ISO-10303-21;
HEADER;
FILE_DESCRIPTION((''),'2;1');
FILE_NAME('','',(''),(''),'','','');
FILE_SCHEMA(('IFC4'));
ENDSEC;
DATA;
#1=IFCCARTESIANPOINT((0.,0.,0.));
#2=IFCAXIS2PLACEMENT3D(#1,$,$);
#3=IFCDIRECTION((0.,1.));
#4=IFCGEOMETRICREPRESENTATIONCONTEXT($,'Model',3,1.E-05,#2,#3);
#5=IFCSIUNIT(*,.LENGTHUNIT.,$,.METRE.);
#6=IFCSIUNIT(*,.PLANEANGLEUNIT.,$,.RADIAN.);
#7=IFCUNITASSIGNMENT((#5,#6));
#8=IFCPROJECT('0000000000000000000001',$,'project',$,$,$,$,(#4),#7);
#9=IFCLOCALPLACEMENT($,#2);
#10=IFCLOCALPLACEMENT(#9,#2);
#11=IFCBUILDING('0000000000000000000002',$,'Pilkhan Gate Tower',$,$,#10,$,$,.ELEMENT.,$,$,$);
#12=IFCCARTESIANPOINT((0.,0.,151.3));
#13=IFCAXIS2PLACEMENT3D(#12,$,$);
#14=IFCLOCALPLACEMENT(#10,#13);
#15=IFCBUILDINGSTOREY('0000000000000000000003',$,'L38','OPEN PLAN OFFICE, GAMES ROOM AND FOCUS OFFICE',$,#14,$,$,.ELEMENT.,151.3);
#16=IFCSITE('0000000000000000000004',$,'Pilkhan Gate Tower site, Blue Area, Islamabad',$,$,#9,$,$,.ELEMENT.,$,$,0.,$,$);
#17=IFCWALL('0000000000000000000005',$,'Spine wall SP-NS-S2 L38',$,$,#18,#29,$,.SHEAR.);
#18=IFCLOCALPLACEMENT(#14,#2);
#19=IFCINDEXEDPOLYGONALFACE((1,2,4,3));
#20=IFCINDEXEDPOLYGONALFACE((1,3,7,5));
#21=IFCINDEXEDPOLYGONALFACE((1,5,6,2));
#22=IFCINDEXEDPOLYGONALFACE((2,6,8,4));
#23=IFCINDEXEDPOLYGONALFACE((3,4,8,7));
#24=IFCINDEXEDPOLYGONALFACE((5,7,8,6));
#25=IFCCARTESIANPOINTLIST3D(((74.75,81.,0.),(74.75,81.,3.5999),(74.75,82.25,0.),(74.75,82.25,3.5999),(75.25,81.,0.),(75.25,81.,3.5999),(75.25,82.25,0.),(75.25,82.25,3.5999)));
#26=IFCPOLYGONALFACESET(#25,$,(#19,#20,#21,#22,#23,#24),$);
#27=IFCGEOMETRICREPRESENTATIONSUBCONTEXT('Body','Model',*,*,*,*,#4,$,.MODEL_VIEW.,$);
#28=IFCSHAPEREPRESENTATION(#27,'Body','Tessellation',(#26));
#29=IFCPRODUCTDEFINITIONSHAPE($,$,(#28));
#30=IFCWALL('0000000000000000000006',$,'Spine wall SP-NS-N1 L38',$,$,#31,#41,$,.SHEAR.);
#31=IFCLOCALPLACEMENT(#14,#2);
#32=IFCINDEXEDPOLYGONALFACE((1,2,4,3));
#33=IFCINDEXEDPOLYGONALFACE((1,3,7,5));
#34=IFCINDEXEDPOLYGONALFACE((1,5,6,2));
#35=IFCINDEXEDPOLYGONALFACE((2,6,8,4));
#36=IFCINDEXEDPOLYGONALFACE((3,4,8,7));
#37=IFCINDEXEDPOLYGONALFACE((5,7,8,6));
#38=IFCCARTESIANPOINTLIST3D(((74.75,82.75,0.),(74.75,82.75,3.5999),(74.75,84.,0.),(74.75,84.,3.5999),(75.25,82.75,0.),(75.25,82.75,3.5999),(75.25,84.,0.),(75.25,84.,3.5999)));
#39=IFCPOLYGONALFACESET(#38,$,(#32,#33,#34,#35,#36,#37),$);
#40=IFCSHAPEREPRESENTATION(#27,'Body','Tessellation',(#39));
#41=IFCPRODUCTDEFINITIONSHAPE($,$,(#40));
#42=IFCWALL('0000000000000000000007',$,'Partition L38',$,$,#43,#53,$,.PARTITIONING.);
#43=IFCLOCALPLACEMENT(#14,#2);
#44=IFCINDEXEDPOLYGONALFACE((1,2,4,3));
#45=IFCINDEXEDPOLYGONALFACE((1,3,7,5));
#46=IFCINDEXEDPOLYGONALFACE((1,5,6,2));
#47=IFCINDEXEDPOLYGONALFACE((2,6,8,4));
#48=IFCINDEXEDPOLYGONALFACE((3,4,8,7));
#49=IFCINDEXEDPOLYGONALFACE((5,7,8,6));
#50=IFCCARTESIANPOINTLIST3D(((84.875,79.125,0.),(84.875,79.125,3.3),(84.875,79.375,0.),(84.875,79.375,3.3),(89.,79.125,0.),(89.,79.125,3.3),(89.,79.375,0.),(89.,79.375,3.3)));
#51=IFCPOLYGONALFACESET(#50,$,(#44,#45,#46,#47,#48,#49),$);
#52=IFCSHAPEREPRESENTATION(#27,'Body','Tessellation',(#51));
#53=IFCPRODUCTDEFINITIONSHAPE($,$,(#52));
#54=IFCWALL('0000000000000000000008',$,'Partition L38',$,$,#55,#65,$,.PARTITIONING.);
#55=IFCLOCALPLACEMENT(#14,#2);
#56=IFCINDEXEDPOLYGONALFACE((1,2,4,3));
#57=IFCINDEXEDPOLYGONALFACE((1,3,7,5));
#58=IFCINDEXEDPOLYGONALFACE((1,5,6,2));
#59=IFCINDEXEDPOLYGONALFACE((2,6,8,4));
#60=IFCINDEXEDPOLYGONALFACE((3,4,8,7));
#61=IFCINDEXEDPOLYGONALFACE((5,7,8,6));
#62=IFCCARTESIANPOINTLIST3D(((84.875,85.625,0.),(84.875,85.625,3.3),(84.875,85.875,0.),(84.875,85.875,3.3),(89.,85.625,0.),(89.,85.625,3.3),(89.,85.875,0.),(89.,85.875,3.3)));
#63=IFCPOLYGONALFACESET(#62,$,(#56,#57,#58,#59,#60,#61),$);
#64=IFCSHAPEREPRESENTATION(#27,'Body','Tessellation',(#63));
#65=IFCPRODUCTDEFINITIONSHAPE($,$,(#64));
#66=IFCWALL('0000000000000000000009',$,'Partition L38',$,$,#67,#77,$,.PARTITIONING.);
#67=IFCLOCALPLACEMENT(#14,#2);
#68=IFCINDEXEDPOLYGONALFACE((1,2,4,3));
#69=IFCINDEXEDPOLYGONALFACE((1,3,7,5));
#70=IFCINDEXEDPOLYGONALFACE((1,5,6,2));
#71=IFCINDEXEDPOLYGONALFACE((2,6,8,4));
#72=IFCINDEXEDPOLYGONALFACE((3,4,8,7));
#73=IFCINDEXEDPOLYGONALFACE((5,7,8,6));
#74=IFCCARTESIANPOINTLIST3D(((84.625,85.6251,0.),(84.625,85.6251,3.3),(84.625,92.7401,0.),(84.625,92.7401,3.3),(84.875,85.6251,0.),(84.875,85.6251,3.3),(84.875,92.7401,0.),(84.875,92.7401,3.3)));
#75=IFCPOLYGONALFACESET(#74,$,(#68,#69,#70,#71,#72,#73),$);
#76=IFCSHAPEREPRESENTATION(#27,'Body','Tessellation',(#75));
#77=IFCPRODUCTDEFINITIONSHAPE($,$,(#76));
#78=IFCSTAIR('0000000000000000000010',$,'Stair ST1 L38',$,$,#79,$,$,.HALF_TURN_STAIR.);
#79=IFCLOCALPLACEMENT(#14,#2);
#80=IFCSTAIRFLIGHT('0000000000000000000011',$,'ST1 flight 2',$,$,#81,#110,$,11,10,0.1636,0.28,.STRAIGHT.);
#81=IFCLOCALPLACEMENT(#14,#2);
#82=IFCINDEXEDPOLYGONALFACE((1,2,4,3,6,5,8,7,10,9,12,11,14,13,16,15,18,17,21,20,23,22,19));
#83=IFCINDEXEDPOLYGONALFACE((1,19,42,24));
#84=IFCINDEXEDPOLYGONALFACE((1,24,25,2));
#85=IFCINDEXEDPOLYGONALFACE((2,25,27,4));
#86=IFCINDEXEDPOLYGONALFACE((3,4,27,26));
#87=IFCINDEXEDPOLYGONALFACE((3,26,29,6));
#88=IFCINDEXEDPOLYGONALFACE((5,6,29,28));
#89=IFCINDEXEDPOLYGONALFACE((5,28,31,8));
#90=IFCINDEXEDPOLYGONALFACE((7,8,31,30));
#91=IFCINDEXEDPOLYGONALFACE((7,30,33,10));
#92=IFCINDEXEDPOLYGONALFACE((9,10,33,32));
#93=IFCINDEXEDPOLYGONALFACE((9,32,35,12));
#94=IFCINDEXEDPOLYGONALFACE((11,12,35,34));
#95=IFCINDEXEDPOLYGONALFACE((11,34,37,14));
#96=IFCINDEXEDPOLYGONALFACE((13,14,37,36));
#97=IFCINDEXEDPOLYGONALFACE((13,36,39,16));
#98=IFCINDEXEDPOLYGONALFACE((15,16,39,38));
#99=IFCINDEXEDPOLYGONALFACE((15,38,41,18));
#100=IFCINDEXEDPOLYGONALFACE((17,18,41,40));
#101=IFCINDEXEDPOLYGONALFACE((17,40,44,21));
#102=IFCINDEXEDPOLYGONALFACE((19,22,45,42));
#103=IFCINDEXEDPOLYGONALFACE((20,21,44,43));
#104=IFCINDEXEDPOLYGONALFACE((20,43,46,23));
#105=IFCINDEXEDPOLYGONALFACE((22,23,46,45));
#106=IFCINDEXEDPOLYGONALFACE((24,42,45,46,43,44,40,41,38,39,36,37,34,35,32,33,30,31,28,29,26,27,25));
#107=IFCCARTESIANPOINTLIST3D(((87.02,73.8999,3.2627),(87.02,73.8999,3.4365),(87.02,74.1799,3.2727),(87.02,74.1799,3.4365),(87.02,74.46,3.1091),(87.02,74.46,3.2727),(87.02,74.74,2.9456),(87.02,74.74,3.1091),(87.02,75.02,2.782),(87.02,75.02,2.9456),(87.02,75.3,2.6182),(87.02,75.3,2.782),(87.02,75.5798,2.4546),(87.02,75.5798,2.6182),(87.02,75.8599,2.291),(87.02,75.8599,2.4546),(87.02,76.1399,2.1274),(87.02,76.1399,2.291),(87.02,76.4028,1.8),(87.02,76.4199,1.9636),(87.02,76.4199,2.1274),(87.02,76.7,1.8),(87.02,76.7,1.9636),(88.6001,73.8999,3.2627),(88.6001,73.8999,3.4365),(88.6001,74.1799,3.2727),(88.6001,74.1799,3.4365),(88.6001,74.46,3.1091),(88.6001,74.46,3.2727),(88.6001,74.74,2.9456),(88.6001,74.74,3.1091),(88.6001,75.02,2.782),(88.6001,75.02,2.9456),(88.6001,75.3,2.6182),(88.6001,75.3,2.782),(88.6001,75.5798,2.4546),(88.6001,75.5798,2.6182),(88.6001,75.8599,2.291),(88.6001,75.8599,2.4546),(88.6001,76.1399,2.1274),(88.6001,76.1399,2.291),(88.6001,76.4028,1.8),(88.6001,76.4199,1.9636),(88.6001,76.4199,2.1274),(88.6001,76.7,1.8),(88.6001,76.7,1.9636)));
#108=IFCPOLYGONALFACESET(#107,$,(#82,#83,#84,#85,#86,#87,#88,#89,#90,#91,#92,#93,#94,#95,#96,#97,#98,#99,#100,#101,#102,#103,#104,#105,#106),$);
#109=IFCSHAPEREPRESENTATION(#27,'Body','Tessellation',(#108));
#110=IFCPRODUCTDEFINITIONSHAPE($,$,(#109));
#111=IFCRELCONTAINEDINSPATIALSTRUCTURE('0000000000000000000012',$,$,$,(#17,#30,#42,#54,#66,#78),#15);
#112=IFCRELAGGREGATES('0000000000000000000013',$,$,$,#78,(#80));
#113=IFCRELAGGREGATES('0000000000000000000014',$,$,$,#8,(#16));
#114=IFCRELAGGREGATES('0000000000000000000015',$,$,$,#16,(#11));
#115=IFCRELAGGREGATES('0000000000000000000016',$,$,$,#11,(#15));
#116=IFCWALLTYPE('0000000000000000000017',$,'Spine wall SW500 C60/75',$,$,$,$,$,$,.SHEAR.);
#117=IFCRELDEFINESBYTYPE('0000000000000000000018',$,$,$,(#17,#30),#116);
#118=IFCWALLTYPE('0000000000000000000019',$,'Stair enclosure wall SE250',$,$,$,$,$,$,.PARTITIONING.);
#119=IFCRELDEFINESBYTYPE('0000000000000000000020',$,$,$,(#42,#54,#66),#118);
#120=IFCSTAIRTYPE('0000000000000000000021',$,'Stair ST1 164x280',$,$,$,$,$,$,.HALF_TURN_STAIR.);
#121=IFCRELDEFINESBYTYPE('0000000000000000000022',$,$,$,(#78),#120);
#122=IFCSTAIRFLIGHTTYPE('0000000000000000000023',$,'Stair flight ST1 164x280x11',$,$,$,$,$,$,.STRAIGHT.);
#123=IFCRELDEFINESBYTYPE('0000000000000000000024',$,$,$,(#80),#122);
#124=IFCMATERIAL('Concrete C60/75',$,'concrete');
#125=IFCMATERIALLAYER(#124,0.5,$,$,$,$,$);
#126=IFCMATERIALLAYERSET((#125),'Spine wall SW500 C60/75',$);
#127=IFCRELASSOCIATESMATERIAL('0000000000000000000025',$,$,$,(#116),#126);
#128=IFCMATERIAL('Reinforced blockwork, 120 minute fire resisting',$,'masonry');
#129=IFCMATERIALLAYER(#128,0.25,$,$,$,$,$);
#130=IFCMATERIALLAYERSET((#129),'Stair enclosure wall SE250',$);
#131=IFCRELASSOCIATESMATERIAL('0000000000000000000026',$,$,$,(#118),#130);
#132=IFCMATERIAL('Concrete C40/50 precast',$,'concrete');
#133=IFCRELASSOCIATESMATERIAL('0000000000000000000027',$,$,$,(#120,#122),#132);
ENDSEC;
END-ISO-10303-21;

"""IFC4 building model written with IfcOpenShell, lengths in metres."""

from ifc_helpers import new_model, si_unit, direction, frame, frame_2d, origin, place, context, subcontext, project, spatial, polyline, rectangle, outline, extrude, material, layer, layer_set, type_object, element, aggregate, save


model = new_model("IFC4")

# Units and contexts
model_context = context("Model", 3, precision=1e-05, world=origin(), true_north=direction((0.0, 1.0)))
body_context = subcontext(model_context, "Body", "Model", "MODEL_VIEW")
ifc_project = project(units=[si_unit("LENGTHUNIT", "METRE"), si_unit("PLANEANGLEUNIT", "RADIAN")], contexts=[model_context])

# Site, building, storey
site_placement = place(None, origin())
site = spatial("IfcSite", under=ifc_project, at=site_placement, Name="Pilkhan Gate Tower site, Blue Area, Islamabad", CompositionType="ELEMENT", RefElevation=0.0)
building_placement = place(site_placement, origin())
building = spatial("IfcBuilding", under=site, at=building_placement, Name="Pilkhan Gate Tower", CompositionType="ELEMENT")
storey_placement = place(building_placement, frame((0.0, 0.0, 151.3)))
storey = spatial("IfcBuildingStorey", under=building, at=storey_placement, Name="L38", Description="OPEN PLAN OFFICE, GAMES ROOM AND FOCUS OFFICE", CompositionType="ELEMENT", Elevation=151.3)

# Shared definitions
ifc_material_1 = material(Name="Concrete C60/75", Category="concrete")

# Walls
ifc_layer_1 = layer(ifc_material_1, 0.5)
ifc_layer_set_1 = layer_set([ifc_layer_1], Name="Spine wall SW500 C60/75")
wall_type_1 = type_object("IfcWallType", Name="Spine wall SW500 C60/75", PredefinedType="SHEAR", material=ifc_layer_set_1)
for number, where, z_axis, x_axis, name in (
    (1, (75.0, 81.0, 0.0), (0.0, 0.0, 1.0), (0.0, 1.0, 0.0), "Spine wall SP-NS-S2 L38"),
    (2, (75.0, 82.75, 0.0), (0.0, 0.0, 1.0), (0.0, 1.0, 0.0), "Spine wall SP-NS-N1 L38"),
):
    element("IfcWall", number, at=place(storey_placement, frame(where, z_axis=z_axis, x_axis=x_axis)), inside=storey, type_object=wall_type_1, Name=name, PredefinedType="SHEAR", context=body_context, shape_type="SweptSolid", body=[
        extrude(rectangle(XDim=1.25, YDim=0.5, at=frame_2d((0.625, 0.0))), origin(), (0.0, 0.0, 1.0), 3.5999),
    ])
ifc_material_2 = material(Name="Reinforced blockwork, 120 minute fire resisting", Category="masonry")
ifc_layer_2 = layer(ifc_material_2, 0.25)
ifc_layer_set_2 = layer_set([ifc_layer_2], Name="Stair enclosure wall SE250")
wall_type_2 = type_object("IfcWallType", Name="Stair enclosure wall SE250", PredefinedType="PARTITIONING", material=ifc_layer_set_2)
for number, where, z_axis, x_axis, name in (
    (3, (84.875, 79.25, 0.0), (0.0, 0.0, 1.0), (1.0, 0.0, 0.0), "Partition L38"),
    (4, (84.875, 85.75, 0.0), (0.0, 0.0, 1.0), (1.0, 0.0, 0.0), "Partition L38"),
):
    element("IfcWall", number, at=place(storey_placement, frame(where, z_axis=z_axis, x_axis=x_axis)), inside=storey, type_object=wall_type_2, Name=name, PredefinedType="PARTITIONING", context=body_context, shape_type="SweptSolid", body=[
        extrude(rectangle(XDim=4.125, YDim=0.25, at=frame_2d((2.0625, 0.0))), origin(), (0.0, 0.0, 1.0), 3.3),
    ])
wall_1_placement = place(storey_placement, frame((84.75, 85.625, 0.0), z_axis=(0.0, 0.0, 1.0), x_axis=(0.0, 1.0, 0.0)))
element("IfcWall", 5, at=wall_1_placement, inside=storey, type_object=wall_type_2, Name="Partition L38", PredefinedType="PARTITIONING", context=body_context, shape_type="SweptSolid", body=[
    extrude(rectangle(XDim=7.115, YDim=0.25, at=frame_2d((3.5576, 0.0))), origin(), (0.0, 0.0, 1.0), 3.3),
])

# Stair, stair flight
ifc_material_3 = material(Name="Concrete C40/50 precast", Category="concrete")
stair_type = type_object("IfcStairType", Name="Stair ST1 164x280", PredefinedType="HALF_TURN_STAIR", material=ifc_material_3)
stair_placement = place(storey_placement, origin())
stair = element("IfcStair", 6, at=stair_placement, inside=storey, type_object=stair_type, Name="Stair ST1 L38", PredefinedType="HALF_TURN_STAIR")
stair_flight_type = type_object("IfcStairFlightType", Name="Stair flight ST1 164x280x11", PredefinedType="STRAIGHT", material=ifc_material_3)
stair_flight_placement = place(storey_placement, frame((87.8101, 76.7, 1.8), z_axis=(0.0, 0.0, 1.0), x_axis=(0.0, -1.0, 0.0)))
stair_flight = element("IfcStairFlight", 7, at=stair_flight_placement, type_object=stair_flight_type, Name="ST1 flight 2", NumberOfRisers=11, NumberOfTreads=10, PredefinedType="STRAIGHT", RiserHeight=0.1636, TreadLength=0.28, context=body_context, shape_type="SweptSolid", body=[
    extrude(outline(polyline([(0.0, 0.0), (0.0, 0.1636), (0.28, 0.1636), (0.28, 0.3274), (0.5601, 0.3274), (0.5601, 0.491), (0.8401, 0.491), (0.8401, 0.6545), (1.1201, 0.6545), (1.1201, 0.8181), (1.3999, 0.8181), (1.3999, 0.9819), (1.6799, 0.9819), (1.6799, 1.1455), (1.96, 1.1455), (1.96, 1.3091), (2.24, 1.3091), (2.24, 1.4727), (2.52, 1.4727), (2.52, 1.6365), (2.8, 1.6365), (2.8, 1.8), (2.8, 1.4626), (0.2971, 0.0), (0.0, 0.0)])), frame((0.0, 0.79, 0.0), z_axis=(0.0, -1.0, 0.0), x_axis=(1.0, 0.0, 0.0)), (0.0, 0.0, 1.0), 1.5801),
])
aggregate(stair, [stair_flight])

save(model, "model.ifc")
